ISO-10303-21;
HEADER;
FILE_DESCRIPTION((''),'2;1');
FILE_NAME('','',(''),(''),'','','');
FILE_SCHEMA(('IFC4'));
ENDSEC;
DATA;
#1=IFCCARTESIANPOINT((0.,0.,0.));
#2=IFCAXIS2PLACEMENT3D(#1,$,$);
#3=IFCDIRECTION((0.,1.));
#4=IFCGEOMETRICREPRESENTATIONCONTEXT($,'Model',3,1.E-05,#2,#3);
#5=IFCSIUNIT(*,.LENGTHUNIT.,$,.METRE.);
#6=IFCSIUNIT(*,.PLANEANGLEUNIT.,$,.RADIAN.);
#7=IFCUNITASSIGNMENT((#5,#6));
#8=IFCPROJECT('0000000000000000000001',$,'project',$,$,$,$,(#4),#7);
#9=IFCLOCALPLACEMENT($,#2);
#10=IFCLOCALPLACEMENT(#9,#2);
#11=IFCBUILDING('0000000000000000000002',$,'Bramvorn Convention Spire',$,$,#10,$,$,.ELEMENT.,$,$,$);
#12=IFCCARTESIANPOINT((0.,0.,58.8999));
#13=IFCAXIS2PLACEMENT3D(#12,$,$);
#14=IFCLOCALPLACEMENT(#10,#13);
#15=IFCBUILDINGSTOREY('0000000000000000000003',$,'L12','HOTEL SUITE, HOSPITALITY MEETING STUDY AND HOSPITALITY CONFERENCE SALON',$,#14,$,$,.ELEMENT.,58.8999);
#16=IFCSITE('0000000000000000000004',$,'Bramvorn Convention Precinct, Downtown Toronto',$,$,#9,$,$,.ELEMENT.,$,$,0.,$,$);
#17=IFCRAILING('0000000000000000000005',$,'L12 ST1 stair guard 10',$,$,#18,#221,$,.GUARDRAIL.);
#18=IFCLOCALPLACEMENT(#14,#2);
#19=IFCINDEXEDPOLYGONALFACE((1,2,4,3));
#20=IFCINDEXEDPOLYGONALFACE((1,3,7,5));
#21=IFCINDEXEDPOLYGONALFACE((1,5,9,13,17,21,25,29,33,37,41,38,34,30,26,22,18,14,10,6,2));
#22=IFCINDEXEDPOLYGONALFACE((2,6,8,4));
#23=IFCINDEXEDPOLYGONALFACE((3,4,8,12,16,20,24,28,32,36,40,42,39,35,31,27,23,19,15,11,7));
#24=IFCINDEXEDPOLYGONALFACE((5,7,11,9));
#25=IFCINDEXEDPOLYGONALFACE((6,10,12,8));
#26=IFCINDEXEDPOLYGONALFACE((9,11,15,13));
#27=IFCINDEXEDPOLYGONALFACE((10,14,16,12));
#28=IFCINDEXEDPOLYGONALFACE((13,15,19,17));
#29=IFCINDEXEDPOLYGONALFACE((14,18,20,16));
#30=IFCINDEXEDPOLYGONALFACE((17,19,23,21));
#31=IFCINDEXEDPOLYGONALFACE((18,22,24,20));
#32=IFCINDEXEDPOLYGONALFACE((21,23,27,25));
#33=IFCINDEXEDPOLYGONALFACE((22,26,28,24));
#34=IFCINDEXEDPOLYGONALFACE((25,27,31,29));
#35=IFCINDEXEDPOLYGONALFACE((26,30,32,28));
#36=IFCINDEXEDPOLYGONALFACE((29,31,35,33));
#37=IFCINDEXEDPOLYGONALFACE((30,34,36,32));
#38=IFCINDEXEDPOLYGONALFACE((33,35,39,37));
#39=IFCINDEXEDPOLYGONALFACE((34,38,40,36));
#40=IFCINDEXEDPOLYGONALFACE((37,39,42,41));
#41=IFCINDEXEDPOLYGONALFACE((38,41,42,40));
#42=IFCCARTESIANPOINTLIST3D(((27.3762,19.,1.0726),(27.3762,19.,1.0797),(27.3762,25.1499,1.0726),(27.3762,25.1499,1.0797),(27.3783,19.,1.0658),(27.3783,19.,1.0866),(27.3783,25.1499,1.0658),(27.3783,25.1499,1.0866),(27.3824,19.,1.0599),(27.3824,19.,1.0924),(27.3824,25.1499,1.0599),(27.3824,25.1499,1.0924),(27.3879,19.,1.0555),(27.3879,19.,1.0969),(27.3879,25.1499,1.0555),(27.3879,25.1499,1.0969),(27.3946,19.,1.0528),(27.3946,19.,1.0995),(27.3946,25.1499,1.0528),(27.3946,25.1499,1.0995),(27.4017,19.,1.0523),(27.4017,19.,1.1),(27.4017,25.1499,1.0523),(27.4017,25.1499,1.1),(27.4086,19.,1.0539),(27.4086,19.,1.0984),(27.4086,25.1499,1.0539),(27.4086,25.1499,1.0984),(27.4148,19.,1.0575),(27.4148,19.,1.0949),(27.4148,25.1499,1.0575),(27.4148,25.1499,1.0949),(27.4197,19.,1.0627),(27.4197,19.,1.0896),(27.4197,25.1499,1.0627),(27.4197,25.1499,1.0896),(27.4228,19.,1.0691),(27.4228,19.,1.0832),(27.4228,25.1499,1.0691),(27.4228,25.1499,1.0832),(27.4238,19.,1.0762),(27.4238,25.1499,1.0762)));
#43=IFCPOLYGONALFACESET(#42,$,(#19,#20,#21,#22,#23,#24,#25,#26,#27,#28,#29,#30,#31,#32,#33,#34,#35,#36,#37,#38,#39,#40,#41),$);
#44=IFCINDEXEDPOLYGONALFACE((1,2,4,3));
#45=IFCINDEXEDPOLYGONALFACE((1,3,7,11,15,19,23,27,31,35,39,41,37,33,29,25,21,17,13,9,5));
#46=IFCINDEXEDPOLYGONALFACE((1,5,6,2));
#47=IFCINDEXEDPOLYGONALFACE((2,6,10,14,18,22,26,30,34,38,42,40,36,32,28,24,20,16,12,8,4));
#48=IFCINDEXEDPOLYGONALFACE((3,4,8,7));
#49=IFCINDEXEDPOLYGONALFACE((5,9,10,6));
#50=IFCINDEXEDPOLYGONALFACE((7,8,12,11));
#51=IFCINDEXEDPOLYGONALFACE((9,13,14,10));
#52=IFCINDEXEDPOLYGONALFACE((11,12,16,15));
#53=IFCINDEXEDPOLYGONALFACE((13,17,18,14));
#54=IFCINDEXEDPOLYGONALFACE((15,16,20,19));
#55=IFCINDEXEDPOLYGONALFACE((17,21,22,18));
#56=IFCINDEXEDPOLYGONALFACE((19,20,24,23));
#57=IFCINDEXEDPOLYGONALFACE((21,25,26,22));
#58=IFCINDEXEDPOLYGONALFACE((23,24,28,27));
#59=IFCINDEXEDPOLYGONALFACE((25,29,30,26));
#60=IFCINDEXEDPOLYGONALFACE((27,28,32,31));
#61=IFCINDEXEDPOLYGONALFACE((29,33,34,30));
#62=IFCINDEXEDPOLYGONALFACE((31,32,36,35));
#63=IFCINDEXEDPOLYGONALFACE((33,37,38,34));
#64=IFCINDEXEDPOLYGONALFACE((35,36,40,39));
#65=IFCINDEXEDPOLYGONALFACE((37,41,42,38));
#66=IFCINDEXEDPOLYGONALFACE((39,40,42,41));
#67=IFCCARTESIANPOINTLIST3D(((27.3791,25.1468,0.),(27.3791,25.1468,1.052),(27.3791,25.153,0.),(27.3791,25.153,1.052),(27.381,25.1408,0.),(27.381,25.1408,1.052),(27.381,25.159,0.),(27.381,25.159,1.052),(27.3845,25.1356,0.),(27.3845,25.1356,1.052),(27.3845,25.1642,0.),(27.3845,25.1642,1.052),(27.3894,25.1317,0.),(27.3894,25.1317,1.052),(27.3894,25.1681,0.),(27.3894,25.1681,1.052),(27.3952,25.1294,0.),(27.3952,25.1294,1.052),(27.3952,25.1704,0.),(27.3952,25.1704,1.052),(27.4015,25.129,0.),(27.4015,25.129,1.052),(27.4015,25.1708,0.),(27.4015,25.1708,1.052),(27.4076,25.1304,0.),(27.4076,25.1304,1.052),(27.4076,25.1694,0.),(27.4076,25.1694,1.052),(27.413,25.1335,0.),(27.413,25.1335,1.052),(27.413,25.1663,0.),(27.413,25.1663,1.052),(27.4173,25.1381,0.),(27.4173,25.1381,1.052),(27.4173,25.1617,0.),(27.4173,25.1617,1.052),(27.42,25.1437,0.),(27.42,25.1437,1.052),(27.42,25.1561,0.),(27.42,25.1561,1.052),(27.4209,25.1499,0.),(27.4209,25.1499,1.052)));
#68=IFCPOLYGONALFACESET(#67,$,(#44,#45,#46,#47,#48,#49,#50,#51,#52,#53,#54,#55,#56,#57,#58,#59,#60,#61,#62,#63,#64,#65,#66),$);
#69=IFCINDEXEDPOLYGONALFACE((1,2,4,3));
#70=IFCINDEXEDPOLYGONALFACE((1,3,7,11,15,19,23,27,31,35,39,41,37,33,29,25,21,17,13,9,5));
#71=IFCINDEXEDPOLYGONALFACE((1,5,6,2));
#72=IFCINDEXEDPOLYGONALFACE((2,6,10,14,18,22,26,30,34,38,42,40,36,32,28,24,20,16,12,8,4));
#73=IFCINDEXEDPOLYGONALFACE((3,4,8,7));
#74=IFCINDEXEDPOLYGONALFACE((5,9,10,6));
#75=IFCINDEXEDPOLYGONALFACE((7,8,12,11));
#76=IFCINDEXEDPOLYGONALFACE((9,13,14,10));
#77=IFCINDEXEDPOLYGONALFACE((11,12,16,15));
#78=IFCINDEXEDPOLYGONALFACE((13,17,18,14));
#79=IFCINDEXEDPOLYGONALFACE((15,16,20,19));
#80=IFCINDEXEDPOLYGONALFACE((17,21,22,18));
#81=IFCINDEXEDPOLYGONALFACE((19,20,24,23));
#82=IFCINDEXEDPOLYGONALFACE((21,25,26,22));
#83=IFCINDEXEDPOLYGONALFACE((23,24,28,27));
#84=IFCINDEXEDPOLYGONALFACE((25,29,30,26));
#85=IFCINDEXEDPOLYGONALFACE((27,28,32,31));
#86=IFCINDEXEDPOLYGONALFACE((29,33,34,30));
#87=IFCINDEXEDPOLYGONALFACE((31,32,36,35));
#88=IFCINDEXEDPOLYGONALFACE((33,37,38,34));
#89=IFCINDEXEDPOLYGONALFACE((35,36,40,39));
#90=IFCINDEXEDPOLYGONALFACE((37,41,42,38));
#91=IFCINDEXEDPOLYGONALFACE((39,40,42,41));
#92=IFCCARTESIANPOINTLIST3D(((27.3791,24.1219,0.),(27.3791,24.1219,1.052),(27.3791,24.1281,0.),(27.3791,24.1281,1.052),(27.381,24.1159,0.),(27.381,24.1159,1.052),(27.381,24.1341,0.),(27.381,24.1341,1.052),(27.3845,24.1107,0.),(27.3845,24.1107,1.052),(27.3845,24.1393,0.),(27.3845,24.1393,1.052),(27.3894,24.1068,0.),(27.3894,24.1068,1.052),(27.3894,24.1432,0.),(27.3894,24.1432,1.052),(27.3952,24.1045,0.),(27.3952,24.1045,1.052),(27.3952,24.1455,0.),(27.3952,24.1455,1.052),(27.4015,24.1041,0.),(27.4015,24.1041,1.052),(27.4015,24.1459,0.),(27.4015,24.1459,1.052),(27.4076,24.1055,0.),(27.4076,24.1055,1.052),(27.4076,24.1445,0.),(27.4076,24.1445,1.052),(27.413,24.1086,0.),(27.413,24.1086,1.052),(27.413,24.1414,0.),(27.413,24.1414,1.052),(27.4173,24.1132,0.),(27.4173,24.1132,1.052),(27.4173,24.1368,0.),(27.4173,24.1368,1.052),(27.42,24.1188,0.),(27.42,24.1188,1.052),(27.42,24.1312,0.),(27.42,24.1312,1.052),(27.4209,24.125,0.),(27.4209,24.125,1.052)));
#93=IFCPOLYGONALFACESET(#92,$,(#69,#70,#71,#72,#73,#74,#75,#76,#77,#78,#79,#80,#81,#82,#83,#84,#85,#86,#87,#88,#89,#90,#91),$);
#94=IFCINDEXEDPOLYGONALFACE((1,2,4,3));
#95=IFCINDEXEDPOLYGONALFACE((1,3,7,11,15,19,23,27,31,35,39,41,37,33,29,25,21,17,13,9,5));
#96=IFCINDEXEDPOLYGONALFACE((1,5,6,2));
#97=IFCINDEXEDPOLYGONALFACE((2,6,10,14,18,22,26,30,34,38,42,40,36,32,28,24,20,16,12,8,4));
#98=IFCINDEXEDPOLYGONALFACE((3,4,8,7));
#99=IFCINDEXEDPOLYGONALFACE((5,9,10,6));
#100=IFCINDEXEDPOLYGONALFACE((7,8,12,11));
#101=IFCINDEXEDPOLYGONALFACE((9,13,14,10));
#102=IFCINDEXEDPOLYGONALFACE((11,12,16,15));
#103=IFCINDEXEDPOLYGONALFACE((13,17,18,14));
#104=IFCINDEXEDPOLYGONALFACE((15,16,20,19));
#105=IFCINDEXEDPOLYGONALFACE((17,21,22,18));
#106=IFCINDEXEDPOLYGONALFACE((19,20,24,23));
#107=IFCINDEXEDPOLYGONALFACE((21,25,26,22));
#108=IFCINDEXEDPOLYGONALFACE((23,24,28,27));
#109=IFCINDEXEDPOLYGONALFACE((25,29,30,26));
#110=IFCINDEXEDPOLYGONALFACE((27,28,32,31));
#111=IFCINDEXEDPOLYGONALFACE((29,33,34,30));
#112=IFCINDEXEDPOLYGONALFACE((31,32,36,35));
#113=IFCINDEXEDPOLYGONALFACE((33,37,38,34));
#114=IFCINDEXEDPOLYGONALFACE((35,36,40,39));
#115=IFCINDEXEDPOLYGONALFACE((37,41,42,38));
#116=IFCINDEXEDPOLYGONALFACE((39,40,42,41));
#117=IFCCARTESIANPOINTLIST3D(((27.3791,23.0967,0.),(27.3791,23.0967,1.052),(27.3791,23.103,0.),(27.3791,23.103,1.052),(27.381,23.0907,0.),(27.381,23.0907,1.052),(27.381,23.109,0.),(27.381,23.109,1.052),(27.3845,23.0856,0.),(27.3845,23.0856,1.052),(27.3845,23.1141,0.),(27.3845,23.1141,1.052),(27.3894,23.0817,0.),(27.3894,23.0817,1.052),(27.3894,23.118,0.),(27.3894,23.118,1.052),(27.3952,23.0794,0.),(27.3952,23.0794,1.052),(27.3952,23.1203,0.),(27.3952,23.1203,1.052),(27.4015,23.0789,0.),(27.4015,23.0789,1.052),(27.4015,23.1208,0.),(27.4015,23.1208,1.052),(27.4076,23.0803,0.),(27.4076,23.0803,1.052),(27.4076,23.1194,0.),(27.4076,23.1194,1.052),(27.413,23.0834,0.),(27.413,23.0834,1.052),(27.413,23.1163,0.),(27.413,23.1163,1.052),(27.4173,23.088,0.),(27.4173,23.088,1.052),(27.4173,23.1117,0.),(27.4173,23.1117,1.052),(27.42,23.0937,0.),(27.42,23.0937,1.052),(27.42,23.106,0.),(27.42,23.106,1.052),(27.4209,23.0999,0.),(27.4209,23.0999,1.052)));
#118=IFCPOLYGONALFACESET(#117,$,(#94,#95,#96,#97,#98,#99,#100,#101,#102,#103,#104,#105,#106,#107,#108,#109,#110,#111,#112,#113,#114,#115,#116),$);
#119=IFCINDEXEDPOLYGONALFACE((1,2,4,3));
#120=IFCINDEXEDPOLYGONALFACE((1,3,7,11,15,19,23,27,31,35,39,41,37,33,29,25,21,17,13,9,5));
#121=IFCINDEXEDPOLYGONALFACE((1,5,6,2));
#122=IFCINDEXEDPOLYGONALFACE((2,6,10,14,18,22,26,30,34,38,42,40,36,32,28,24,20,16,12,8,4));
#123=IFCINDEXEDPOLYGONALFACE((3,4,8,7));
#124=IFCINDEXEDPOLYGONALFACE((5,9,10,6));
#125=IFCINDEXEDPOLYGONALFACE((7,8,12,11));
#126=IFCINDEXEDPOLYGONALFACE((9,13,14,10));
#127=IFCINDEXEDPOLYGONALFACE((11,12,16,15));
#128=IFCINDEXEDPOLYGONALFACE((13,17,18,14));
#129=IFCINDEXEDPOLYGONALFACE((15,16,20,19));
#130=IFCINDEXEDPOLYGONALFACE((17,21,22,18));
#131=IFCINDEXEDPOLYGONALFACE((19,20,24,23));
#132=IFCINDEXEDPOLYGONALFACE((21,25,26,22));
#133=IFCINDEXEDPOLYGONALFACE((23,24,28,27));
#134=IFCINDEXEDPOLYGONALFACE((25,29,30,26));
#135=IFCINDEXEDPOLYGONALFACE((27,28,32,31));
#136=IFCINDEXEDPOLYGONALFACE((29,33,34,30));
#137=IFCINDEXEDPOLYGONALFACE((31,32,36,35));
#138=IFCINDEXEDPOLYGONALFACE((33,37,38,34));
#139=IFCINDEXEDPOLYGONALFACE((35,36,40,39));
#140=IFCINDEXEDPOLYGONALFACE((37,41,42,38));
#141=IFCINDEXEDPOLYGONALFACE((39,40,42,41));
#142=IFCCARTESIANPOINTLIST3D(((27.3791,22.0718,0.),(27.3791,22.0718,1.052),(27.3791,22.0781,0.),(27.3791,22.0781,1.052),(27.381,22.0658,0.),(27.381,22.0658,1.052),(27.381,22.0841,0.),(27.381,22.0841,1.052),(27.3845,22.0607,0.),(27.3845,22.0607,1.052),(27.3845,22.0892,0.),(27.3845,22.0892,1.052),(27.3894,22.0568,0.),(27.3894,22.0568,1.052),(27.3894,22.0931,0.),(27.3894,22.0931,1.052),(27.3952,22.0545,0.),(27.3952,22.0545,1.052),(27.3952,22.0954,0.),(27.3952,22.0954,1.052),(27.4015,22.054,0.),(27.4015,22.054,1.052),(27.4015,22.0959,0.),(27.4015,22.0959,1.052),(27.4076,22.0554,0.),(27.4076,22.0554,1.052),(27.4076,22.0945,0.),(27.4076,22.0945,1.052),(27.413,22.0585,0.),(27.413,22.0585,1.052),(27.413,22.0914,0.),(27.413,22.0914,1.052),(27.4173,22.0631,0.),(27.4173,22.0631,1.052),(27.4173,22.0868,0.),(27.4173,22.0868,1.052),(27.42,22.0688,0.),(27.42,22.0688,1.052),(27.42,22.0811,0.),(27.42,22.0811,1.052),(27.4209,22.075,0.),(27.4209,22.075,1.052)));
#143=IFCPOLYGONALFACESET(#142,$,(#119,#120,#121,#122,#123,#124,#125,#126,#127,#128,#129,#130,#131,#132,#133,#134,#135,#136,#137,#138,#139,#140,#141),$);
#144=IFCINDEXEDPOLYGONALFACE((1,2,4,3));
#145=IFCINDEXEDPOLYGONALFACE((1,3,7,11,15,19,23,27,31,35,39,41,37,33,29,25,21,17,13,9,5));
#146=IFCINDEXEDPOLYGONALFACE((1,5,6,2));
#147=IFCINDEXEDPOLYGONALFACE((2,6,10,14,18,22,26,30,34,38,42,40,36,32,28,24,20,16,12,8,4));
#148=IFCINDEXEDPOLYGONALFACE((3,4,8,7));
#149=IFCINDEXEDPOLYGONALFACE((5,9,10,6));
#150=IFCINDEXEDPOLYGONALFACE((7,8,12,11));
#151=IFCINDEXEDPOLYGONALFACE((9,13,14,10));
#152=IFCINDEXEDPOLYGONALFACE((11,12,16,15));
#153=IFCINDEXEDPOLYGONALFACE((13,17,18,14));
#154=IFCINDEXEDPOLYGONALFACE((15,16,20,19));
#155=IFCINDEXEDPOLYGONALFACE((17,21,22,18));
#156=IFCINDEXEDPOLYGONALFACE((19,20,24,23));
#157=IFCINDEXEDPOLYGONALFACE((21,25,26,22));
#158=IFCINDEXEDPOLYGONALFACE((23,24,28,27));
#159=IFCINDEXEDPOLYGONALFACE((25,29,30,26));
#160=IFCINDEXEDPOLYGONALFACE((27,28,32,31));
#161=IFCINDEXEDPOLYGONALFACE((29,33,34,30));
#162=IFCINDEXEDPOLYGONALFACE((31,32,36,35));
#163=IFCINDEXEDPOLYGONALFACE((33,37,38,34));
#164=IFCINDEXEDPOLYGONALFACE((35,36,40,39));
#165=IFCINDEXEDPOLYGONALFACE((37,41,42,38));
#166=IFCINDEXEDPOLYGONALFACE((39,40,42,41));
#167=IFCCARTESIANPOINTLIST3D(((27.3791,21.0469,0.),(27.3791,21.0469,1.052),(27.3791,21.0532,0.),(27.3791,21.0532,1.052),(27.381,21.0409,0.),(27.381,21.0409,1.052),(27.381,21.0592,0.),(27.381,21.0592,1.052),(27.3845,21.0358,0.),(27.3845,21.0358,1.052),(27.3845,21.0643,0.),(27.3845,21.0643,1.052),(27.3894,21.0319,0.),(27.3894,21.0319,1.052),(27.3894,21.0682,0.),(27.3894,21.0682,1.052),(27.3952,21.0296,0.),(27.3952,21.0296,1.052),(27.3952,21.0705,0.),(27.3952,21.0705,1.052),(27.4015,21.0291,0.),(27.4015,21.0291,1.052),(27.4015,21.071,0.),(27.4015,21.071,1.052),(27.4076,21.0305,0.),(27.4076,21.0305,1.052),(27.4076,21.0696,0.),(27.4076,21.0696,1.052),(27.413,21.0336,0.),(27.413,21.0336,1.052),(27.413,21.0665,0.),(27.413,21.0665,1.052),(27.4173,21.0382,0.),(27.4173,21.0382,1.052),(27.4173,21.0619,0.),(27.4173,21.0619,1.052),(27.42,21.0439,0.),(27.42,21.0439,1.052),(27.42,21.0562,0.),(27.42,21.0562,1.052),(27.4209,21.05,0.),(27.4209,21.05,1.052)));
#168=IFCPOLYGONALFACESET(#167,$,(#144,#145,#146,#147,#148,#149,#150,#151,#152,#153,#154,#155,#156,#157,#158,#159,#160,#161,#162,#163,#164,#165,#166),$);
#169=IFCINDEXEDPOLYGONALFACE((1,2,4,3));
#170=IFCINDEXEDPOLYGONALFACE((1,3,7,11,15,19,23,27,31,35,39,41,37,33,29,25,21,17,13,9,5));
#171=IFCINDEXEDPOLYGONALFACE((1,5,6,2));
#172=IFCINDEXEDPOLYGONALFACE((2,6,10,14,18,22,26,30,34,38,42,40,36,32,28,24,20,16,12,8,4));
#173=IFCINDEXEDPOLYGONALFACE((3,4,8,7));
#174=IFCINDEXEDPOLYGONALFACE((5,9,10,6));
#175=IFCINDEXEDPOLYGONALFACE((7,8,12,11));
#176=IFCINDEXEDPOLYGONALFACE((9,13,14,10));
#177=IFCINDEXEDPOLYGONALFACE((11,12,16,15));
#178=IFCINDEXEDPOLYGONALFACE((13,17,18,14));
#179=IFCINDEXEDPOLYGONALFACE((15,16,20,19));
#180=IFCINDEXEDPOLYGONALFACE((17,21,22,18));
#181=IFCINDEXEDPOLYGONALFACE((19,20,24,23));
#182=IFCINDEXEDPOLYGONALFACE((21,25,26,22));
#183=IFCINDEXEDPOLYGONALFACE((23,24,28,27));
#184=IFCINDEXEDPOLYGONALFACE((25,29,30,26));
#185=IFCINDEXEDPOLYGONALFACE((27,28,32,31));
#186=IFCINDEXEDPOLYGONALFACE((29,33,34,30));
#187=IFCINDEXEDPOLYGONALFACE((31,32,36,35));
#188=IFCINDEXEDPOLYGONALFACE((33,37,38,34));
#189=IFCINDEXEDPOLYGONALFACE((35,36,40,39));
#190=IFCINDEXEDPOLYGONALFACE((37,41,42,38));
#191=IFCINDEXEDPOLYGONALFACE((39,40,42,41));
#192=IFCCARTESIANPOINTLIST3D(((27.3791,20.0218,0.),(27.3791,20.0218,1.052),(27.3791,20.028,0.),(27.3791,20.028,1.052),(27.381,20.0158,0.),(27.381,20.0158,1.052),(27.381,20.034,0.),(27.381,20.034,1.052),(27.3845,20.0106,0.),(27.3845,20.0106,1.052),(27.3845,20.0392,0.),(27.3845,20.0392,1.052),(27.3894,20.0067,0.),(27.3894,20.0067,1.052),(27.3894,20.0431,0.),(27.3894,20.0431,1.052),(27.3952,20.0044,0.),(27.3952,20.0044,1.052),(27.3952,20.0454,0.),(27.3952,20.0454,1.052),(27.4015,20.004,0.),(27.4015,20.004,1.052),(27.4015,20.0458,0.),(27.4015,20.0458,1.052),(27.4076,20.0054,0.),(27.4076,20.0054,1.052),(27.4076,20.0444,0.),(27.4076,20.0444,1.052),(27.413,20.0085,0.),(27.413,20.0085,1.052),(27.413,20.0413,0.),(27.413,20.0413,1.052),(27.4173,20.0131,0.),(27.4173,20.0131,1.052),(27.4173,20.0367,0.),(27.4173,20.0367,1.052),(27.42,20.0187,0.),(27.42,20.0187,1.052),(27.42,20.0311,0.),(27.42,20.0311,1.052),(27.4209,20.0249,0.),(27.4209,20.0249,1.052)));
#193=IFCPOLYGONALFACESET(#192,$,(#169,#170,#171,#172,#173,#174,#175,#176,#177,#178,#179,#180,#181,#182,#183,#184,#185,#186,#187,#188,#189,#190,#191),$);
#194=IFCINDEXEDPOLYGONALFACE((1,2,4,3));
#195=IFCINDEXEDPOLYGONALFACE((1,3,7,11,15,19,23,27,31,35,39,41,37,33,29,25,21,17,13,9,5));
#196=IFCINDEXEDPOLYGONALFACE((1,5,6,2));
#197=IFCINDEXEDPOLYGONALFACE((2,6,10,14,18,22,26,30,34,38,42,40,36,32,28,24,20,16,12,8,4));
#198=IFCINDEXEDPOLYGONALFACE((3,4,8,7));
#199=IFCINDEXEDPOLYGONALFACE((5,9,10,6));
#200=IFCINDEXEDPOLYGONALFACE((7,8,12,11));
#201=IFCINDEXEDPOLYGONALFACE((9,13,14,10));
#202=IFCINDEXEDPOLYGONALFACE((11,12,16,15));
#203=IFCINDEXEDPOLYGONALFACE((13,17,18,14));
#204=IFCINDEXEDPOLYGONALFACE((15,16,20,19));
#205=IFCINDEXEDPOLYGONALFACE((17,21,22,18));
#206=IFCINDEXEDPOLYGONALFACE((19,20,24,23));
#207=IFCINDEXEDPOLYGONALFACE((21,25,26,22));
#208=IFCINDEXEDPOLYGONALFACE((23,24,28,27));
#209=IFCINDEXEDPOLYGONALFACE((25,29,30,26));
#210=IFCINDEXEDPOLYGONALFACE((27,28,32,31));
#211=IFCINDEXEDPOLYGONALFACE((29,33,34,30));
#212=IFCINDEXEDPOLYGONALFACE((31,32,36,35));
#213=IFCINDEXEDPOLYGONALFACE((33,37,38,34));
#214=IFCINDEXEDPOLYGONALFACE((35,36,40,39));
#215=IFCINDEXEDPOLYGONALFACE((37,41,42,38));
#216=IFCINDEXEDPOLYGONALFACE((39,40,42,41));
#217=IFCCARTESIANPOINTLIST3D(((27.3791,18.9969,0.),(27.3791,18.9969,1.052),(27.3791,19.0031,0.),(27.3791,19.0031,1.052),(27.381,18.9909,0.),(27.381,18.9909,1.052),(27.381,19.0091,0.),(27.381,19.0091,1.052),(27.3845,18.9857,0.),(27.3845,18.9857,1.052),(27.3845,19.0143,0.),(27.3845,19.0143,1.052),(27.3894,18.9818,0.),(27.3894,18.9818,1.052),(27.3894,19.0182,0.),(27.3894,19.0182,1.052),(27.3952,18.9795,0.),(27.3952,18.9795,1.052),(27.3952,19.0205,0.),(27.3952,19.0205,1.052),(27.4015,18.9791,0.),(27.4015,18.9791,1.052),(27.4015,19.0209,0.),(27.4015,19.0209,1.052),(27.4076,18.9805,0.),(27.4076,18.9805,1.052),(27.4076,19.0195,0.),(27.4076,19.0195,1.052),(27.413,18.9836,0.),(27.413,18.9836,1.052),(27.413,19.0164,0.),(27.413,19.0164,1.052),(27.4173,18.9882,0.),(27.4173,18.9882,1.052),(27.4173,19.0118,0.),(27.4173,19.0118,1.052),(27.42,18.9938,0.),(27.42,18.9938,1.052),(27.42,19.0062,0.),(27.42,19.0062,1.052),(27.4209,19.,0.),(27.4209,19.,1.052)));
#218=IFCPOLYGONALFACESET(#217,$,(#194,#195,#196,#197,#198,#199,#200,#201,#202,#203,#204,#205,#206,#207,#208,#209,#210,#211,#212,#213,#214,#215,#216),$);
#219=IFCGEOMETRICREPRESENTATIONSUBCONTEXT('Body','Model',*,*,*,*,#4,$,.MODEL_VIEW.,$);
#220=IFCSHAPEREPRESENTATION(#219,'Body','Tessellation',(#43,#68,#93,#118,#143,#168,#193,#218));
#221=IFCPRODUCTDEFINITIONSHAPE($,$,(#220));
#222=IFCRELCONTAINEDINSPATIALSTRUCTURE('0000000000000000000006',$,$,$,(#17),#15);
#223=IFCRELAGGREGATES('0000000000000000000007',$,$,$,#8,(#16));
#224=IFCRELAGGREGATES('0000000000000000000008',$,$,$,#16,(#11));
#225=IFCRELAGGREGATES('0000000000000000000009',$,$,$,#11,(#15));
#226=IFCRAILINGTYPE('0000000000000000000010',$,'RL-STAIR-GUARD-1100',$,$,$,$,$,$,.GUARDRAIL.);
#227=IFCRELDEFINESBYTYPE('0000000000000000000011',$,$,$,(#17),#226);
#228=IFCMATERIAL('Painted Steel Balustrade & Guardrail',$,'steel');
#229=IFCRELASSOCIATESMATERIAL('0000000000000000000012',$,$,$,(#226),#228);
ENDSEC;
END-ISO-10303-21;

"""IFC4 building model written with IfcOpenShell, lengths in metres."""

from ifc_helpers import new_model, si_unit, direction, frame, origin, origin_2d, place, context, subcontext, project, spatial, circle, extrude, material, type_object, element, save


model = new_model("IFC4")

# Units and contexts
model_context = context("Model", 3, precision=1e-05, world=origin(), true_north=direction((0.0, 1.0)))
body_context = subcontext(model_context, "Body", "Model", "MODEL_VIEW")
ifc_project = project(units=[si_unit("LENGTHUNIT", "METRE"), si_unit("PLANEANGLEUNIT", "RADIAN")], contexts=[model_context])

# Site, building, storey
site_placement = place(None, origin())
site = spatial("IfcSite", under=ifc_project, at=site_placement, Name="Bramvorn Convention Precinct, Downtown Toronto", CompositionType="ELEMENT", RefElevation=0.0)
building_placement = place(site_placement, origin())
building = spatial("IfcBuilding", under=site, at=building_placement, Name="Bramvorn Convention Spire", CompositionType="ELEMENT")
storey_placement = place(building_placement, frame((0.0, 0.0, 58.8999)))
storey = spatial("IfcBuildingStorey", under=building, at=storey_placement, Name="L12", Description="HOTEL SUITE, HOSPITALITY MEETING STUDY AND HOSPITALITY CONFERENCE SALON", CompositionType="ELEMENT", Elevation=58.8999)

# Railing
ifc_material_1 = material(Name="Painted Steel Balustrade & Guardrail", Category="steel")
railing_type_1 = type_object("IfcRailingType", Name="RL-STAIR-GUARD-1100", PredefinedType="GUARDRAIL", material=ifc_material_1)
railing_1_placement = place(storey_placement, frame((27.3999, 25.1499, 0.0)))
element("IfcRailing", 1, at=railing_1_placement, inside=storey, type_object=railing_type_1, Name="L12 ST1 stair guard 10", PredefinedType="GUARDRAIL", context=body_context, shape_type="SweptSolid", body=[
    extrude(circle(Radius=0.0239, at=origin_2d()), frame((0.0, 0.0, 1.0762), z_axis=(0.0, -1.0, 0.0), x_axis=(1.0, 0.0, 0.0)), (0.0, 0.0, 1.0), 6.1499),
    extrude(circle(Radius=0.021, at=origin_2d()), origin(), (0.0, 0.0, 1.0), 1.052),
    extrude(circle(Radius=0.021, at=origin_2d()), frame((0.0, -1.0249, 0.0)), (0.0, 0.0, 1.0), 1.052),
    extrude(circle(Radius=0.021, at=origin_2d()), frame((0.0, -2.05, 0.0)), (0.0, 0.0, 1.0), 1.052),
    extrude(circle(Radius=0.021, at=origin_2d()), frame((0.0, -3.075, 0.0)), (0.0, 0.0, 1.0), 1.052),
    extrude(circle(Radius=0.021, at=origin_2d()), frame((0.0, -4.0999, 0.0)), (0.0, 0.0, 1.0), 1.052),
    extrude(circle(Radius=0.021, at=origin_2d()), frame((0.0, -5.125, 0.0)), (0.0, 0.0, 1.0), 1.052),
    extrude(circle(Radius=0.021, at=origin_2d()), frame((0.0, -6.1499, 0.0)), (0.0, 0.0, 1.0), 1.052),
])

save(model, "model.ifc")
